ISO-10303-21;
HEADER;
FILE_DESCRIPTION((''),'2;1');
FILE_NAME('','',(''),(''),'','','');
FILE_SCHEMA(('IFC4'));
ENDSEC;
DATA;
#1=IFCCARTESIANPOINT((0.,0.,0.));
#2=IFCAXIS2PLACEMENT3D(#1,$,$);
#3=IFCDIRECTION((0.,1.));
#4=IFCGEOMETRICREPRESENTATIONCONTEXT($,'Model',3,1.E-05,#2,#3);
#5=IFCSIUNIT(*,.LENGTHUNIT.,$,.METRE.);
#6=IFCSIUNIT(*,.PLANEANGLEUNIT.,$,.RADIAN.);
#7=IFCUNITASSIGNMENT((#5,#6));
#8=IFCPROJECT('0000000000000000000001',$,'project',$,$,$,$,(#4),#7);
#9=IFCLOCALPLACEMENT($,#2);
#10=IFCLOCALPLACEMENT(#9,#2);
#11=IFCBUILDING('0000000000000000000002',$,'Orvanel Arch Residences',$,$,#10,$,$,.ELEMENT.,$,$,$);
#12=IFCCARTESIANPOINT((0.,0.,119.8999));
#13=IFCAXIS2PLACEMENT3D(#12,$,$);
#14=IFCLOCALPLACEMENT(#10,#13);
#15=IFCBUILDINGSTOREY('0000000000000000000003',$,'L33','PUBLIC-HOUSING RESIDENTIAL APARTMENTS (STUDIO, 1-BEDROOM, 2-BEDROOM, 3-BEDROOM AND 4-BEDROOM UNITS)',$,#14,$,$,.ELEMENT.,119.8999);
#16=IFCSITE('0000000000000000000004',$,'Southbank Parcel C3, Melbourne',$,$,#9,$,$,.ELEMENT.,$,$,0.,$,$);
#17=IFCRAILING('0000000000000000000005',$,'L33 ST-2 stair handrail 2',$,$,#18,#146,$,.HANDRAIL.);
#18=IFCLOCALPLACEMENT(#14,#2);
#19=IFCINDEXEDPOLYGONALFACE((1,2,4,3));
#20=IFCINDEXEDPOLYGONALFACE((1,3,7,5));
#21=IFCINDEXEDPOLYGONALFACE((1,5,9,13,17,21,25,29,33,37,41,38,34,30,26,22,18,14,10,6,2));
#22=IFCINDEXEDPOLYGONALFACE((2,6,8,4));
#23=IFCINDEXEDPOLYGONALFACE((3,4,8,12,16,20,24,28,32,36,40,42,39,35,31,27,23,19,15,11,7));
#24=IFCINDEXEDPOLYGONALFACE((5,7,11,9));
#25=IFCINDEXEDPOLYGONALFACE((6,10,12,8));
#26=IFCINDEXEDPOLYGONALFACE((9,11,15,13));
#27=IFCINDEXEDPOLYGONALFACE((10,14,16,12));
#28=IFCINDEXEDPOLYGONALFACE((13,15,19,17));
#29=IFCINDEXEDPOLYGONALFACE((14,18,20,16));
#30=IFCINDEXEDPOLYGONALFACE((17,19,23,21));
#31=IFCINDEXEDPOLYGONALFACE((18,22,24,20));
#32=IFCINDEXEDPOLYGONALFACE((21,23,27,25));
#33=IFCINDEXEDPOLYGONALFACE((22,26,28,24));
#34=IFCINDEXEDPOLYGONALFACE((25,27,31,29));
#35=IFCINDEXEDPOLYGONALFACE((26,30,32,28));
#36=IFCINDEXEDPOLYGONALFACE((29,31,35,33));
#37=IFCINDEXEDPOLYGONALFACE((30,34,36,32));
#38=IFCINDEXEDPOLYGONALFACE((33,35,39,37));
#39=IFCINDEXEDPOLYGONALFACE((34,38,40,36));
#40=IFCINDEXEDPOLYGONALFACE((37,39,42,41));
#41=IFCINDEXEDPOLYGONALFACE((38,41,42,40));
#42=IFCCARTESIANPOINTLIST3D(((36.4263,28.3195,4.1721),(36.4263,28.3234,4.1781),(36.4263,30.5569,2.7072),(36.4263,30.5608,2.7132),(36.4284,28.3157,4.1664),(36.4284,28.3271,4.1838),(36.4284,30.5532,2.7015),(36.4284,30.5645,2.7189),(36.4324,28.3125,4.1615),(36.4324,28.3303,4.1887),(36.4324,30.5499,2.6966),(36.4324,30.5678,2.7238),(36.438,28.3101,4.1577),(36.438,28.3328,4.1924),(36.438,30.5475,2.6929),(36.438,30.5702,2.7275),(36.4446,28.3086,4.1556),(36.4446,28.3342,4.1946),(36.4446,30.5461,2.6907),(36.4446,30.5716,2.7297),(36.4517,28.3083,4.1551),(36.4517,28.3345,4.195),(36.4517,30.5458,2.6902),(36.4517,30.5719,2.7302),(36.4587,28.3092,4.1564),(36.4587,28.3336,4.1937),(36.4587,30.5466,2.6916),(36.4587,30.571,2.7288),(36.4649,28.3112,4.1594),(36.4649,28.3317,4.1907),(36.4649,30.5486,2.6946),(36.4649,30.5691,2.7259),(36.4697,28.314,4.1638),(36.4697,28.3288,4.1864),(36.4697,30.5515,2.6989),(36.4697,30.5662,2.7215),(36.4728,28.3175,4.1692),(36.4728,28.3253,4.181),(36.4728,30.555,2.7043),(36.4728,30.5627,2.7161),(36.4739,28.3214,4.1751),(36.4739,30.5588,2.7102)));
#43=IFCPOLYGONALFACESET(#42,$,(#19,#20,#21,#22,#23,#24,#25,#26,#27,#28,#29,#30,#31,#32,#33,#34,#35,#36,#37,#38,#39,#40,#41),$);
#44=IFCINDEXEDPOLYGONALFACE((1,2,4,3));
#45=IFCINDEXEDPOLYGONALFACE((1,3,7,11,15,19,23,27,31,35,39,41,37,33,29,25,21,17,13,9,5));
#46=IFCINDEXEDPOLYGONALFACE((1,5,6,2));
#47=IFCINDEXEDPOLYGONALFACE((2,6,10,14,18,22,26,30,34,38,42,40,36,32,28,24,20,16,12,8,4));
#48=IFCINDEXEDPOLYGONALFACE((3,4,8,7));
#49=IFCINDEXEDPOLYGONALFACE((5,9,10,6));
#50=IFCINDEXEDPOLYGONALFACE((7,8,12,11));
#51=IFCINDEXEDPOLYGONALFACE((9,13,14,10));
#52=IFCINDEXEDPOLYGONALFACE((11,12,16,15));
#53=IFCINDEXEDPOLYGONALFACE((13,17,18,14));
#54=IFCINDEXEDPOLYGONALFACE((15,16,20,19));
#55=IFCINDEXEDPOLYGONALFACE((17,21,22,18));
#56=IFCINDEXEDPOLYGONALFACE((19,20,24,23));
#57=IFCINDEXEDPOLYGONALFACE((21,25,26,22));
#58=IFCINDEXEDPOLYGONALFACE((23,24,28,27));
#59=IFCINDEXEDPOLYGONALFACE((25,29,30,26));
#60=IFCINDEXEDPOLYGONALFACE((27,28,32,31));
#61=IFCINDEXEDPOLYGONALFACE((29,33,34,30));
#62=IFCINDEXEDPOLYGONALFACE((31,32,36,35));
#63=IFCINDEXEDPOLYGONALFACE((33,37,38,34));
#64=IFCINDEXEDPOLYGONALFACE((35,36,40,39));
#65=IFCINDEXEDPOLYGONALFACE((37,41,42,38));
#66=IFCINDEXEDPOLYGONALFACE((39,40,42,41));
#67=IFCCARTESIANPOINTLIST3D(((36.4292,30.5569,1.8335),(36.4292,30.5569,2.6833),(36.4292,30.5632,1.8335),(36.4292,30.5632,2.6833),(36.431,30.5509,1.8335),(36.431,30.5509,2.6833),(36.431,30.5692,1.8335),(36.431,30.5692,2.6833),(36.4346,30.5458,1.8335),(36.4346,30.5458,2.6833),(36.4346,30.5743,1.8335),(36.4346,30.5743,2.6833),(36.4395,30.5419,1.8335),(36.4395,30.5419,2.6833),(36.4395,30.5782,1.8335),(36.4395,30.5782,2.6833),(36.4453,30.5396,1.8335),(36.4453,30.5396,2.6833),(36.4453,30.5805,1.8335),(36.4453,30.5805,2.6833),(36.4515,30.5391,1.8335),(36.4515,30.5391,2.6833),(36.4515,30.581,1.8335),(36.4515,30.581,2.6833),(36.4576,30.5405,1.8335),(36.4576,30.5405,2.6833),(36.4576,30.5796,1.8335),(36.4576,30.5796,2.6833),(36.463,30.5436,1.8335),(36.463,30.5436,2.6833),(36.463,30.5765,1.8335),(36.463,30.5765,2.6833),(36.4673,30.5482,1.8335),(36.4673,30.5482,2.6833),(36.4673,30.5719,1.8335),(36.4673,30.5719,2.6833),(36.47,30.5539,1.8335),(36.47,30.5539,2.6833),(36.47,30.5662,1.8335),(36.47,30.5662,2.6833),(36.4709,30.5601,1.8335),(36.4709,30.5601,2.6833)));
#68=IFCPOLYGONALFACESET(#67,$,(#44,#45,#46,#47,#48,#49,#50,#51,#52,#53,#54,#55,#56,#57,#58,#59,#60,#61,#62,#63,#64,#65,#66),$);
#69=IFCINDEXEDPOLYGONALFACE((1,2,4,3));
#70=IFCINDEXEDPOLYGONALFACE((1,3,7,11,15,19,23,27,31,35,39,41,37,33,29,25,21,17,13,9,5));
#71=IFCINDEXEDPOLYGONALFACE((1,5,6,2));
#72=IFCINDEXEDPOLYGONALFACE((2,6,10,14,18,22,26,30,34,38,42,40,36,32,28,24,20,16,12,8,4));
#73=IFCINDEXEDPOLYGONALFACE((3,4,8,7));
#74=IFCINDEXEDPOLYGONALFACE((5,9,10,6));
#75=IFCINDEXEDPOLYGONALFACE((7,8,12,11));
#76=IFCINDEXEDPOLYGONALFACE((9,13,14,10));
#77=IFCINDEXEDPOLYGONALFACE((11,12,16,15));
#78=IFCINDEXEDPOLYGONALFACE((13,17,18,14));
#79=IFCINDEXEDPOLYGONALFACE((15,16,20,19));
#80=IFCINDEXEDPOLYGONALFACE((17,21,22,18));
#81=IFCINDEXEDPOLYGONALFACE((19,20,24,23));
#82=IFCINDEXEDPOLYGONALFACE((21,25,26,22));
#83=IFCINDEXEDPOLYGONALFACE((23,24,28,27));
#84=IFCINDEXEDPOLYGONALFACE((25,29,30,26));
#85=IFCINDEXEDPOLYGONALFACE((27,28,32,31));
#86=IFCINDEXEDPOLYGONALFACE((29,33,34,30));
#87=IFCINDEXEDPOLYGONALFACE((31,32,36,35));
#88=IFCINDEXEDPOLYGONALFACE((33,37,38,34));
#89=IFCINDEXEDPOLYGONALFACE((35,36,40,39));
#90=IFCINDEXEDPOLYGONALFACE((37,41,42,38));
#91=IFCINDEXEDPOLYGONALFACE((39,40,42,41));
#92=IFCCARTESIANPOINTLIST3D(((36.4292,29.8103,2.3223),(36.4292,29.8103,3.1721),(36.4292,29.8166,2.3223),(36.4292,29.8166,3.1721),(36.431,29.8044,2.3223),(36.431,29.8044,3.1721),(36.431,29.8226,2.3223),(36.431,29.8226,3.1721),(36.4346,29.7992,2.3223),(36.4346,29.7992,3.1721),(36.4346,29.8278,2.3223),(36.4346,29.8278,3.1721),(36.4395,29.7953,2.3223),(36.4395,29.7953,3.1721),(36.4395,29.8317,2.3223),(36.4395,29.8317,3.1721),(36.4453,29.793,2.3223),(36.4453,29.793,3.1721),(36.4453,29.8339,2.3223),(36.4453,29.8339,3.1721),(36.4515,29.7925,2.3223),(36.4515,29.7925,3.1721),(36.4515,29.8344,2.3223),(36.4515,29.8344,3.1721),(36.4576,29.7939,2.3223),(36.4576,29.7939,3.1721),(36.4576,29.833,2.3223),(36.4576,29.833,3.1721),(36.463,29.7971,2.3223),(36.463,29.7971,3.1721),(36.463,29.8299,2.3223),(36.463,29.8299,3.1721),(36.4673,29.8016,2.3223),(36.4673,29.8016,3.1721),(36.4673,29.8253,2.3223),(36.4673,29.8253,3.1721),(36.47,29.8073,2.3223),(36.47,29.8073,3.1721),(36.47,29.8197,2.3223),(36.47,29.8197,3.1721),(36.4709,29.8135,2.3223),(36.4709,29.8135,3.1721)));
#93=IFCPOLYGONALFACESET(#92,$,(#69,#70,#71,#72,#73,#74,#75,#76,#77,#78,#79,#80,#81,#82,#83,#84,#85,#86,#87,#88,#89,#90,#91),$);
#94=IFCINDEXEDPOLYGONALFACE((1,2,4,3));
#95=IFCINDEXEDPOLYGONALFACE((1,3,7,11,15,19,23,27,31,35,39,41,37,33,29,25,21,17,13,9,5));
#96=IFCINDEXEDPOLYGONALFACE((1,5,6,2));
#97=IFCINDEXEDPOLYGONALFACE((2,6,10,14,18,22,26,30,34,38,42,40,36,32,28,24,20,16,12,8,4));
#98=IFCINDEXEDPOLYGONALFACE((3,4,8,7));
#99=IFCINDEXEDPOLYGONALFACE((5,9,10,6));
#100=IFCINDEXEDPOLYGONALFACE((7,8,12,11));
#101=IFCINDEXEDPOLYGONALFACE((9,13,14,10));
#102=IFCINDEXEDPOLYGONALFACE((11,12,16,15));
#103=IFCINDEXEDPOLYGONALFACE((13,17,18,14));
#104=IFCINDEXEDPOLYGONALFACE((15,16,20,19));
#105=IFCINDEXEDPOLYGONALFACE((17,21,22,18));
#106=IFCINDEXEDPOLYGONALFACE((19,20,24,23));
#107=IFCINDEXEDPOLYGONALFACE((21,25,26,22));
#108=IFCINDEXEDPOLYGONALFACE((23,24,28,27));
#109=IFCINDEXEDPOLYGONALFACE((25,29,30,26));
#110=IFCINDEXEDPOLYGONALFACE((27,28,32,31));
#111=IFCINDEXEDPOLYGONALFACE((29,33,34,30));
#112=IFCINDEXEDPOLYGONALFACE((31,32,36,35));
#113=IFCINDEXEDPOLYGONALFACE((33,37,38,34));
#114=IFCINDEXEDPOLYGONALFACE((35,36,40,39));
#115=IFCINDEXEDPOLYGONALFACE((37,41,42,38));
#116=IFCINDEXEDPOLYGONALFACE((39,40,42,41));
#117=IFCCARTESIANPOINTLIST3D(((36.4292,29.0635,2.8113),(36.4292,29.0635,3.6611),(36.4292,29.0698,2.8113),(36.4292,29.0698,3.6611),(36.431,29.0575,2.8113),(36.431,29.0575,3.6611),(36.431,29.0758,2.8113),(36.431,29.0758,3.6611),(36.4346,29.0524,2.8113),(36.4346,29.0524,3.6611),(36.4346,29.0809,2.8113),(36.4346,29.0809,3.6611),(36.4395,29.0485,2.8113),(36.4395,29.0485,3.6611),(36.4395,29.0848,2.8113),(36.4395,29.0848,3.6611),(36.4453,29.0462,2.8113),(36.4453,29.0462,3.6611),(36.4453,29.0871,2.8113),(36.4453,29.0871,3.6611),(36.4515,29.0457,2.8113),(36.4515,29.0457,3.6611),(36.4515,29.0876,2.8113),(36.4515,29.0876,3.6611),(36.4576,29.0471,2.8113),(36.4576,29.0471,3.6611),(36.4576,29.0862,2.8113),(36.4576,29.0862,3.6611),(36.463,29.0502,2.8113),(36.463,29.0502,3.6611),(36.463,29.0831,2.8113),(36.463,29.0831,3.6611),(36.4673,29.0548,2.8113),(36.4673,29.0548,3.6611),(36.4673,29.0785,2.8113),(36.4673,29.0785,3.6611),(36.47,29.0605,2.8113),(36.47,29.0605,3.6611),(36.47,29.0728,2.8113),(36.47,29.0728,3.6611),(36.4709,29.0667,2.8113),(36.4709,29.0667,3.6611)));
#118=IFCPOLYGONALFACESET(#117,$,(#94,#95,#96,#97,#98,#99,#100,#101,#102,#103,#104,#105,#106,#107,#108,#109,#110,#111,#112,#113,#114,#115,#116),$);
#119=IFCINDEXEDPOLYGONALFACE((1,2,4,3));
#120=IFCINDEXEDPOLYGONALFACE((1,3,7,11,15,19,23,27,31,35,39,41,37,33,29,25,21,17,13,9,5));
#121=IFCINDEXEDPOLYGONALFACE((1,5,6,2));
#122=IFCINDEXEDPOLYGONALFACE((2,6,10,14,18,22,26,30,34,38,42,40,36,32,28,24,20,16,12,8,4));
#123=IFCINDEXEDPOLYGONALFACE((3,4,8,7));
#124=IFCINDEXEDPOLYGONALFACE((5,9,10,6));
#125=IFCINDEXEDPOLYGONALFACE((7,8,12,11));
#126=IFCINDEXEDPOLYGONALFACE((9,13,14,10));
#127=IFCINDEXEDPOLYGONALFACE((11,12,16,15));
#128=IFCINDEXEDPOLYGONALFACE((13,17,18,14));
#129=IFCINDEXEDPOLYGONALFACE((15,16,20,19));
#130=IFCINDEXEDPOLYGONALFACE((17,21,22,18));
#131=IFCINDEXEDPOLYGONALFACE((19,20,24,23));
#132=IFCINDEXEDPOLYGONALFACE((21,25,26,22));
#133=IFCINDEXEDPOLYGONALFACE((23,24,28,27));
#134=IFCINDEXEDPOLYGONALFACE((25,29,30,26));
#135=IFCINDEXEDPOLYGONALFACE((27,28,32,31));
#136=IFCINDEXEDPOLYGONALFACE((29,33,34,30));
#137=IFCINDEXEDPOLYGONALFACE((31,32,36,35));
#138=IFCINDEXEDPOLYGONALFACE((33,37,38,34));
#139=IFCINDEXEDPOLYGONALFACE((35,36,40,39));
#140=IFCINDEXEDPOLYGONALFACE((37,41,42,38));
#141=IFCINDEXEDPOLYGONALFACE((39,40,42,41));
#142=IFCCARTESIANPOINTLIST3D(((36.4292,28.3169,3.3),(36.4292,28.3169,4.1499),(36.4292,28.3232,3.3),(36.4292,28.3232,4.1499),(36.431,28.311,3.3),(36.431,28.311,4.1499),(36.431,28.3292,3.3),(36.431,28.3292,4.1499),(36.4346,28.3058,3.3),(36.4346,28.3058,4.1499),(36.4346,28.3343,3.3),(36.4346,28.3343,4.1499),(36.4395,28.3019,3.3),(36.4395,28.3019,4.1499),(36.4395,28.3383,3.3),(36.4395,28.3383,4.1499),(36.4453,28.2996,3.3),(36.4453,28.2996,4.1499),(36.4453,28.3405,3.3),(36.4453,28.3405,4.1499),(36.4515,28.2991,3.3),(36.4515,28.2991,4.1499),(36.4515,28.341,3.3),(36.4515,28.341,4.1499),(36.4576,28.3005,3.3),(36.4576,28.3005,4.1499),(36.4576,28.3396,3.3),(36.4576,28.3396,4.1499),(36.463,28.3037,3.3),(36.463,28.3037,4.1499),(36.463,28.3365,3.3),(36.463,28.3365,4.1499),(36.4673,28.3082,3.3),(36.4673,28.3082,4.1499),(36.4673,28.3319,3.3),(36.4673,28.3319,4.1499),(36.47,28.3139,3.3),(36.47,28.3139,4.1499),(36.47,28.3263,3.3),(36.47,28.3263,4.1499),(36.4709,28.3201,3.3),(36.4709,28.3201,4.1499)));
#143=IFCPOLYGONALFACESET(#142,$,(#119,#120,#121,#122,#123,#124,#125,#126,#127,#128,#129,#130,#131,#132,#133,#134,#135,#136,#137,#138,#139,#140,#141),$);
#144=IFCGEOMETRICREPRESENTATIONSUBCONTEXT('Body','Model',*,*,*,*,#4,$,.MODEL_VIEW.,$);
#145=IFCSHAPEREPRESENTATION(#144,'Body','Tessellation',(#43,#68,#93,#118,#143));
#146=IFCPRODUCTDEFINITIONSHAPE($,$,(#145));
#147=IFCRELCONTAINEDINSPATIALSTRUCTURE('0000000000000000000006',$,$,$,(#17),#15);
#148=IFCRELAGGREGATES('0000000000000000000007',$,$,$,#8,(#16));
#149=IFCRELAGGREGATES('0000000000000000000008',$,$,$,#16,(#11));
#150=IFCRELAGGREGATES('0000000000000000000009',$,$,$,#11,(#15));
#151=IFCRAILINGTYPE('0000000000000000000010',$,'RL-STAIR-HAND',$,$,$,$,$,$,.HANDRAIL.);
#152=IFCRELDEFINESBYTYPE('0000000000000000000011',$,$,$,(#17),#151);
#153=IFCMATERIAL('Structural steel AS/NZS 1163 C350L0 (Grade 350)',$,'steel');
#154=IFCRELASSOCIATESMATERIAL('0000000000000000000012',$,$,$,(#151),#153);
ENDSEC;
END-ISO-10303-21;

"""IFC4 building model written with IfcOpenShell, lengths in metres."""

from ifc_helpers import new_model, si_unit, direction, frame, origin, origin_2d, place, context, subcontext, project, spatial, circle, extrude, material, type_object, element, save


model = new_model("IFC4")

# Units and contexts
model_context = context("Model", 3, precision=1e-05, world=origin(), true_north=direction((0.0, 1.0)))
body_context = subcontext(model_context, "Body", "Model", "MODEL_VIEW")
ifc_project = project(units=[si_unit("LENGTHUNIT", "METRE"), si_unit("PLANEANGLEUNIT", "RADIAN")], contexts=[model_context])

# Site, building, storey
site_placement = place(None, origin())
site = spatial("IfcSite", under=ifc_project, at=site_placement, Name="Southbank Parcel C3, Melbourne", CompositionType="ELEMENT", RefElevation=0.0)
building_placement = place(site_placement, origin())
building = spatial("IfcBuilding", under=site, at=building_placement, Name="Orvanel Arch Residences", CompositionType="ELEMENT")
storey_placement = place(building_placement, frame((0.0, 0.0, 119.8999)))
storey = spatial("IfcBuildingStorey", under=building, at=storey_placement, Name="L33", Description="PUBLIC-HOUSING RESIDENTIAL APARTMENTS (STUDIO, 1-BEDROOM, 2-BEDROOM, 3-BEDROOM AND 4-BEDROOM UNITS)", CompositionType="ELEMENT", Elevation=119.8999)

# Railing
ifc_material_1 = material(Name="Structural steel AS/NZS 1163 C350L0 (Grade 350)", Category="steel")
railing_type_1 = type_object("IfcRailingType", Name="RL-STAIR-HAND", PredefinedType="HANDRAIL", material=ifc_material_1)
railing_1_placement = place(storey_placement, frame((36.45, 30.5601, 1.8335)))
element("IfcRailing", 1, at=railing_1_placement, inside=storey, type_object=railing_type_1, Name="L33 ST-2 stair handrail 2", PredefinedType="HANDRAIL", context=body_context, shape_type="SweptSolid", body=[
    extrude(circle(Radius=0.0239, at=origin_2d()), frame((0.0, -0.0012, 0.8767), z_axis=(0.0, -0.836637, 0.547758), x_axis=(1.0, 0.0, 0.0)), (0.0, 0.0, 1.0), 2.6743),
    extrude(circle(Radius=0.021, at=origin_2d()), origin(), (0.0, 0.0, 1.0), 0.8499),
    extrude(circle(Radius=0.021, at=origin_2d()), frame((0.0, -0.7466, 0.4888)), (0.0, 0.0, 1.0), 0.8499),
    extrude(circle(Radius=0.021, at=origin_2d()), frame((0.0, -1.4934, 0.9778)), (0.0, 0.0, 1.0), 0.8499),
    extrude(circle(Radius=0.021, at=origin_2d()), frame((0.0, -2.24, 1.4666)), (0.0, 0.0, 1.0), 0.8499),
])

save(model, "model.ifc")
